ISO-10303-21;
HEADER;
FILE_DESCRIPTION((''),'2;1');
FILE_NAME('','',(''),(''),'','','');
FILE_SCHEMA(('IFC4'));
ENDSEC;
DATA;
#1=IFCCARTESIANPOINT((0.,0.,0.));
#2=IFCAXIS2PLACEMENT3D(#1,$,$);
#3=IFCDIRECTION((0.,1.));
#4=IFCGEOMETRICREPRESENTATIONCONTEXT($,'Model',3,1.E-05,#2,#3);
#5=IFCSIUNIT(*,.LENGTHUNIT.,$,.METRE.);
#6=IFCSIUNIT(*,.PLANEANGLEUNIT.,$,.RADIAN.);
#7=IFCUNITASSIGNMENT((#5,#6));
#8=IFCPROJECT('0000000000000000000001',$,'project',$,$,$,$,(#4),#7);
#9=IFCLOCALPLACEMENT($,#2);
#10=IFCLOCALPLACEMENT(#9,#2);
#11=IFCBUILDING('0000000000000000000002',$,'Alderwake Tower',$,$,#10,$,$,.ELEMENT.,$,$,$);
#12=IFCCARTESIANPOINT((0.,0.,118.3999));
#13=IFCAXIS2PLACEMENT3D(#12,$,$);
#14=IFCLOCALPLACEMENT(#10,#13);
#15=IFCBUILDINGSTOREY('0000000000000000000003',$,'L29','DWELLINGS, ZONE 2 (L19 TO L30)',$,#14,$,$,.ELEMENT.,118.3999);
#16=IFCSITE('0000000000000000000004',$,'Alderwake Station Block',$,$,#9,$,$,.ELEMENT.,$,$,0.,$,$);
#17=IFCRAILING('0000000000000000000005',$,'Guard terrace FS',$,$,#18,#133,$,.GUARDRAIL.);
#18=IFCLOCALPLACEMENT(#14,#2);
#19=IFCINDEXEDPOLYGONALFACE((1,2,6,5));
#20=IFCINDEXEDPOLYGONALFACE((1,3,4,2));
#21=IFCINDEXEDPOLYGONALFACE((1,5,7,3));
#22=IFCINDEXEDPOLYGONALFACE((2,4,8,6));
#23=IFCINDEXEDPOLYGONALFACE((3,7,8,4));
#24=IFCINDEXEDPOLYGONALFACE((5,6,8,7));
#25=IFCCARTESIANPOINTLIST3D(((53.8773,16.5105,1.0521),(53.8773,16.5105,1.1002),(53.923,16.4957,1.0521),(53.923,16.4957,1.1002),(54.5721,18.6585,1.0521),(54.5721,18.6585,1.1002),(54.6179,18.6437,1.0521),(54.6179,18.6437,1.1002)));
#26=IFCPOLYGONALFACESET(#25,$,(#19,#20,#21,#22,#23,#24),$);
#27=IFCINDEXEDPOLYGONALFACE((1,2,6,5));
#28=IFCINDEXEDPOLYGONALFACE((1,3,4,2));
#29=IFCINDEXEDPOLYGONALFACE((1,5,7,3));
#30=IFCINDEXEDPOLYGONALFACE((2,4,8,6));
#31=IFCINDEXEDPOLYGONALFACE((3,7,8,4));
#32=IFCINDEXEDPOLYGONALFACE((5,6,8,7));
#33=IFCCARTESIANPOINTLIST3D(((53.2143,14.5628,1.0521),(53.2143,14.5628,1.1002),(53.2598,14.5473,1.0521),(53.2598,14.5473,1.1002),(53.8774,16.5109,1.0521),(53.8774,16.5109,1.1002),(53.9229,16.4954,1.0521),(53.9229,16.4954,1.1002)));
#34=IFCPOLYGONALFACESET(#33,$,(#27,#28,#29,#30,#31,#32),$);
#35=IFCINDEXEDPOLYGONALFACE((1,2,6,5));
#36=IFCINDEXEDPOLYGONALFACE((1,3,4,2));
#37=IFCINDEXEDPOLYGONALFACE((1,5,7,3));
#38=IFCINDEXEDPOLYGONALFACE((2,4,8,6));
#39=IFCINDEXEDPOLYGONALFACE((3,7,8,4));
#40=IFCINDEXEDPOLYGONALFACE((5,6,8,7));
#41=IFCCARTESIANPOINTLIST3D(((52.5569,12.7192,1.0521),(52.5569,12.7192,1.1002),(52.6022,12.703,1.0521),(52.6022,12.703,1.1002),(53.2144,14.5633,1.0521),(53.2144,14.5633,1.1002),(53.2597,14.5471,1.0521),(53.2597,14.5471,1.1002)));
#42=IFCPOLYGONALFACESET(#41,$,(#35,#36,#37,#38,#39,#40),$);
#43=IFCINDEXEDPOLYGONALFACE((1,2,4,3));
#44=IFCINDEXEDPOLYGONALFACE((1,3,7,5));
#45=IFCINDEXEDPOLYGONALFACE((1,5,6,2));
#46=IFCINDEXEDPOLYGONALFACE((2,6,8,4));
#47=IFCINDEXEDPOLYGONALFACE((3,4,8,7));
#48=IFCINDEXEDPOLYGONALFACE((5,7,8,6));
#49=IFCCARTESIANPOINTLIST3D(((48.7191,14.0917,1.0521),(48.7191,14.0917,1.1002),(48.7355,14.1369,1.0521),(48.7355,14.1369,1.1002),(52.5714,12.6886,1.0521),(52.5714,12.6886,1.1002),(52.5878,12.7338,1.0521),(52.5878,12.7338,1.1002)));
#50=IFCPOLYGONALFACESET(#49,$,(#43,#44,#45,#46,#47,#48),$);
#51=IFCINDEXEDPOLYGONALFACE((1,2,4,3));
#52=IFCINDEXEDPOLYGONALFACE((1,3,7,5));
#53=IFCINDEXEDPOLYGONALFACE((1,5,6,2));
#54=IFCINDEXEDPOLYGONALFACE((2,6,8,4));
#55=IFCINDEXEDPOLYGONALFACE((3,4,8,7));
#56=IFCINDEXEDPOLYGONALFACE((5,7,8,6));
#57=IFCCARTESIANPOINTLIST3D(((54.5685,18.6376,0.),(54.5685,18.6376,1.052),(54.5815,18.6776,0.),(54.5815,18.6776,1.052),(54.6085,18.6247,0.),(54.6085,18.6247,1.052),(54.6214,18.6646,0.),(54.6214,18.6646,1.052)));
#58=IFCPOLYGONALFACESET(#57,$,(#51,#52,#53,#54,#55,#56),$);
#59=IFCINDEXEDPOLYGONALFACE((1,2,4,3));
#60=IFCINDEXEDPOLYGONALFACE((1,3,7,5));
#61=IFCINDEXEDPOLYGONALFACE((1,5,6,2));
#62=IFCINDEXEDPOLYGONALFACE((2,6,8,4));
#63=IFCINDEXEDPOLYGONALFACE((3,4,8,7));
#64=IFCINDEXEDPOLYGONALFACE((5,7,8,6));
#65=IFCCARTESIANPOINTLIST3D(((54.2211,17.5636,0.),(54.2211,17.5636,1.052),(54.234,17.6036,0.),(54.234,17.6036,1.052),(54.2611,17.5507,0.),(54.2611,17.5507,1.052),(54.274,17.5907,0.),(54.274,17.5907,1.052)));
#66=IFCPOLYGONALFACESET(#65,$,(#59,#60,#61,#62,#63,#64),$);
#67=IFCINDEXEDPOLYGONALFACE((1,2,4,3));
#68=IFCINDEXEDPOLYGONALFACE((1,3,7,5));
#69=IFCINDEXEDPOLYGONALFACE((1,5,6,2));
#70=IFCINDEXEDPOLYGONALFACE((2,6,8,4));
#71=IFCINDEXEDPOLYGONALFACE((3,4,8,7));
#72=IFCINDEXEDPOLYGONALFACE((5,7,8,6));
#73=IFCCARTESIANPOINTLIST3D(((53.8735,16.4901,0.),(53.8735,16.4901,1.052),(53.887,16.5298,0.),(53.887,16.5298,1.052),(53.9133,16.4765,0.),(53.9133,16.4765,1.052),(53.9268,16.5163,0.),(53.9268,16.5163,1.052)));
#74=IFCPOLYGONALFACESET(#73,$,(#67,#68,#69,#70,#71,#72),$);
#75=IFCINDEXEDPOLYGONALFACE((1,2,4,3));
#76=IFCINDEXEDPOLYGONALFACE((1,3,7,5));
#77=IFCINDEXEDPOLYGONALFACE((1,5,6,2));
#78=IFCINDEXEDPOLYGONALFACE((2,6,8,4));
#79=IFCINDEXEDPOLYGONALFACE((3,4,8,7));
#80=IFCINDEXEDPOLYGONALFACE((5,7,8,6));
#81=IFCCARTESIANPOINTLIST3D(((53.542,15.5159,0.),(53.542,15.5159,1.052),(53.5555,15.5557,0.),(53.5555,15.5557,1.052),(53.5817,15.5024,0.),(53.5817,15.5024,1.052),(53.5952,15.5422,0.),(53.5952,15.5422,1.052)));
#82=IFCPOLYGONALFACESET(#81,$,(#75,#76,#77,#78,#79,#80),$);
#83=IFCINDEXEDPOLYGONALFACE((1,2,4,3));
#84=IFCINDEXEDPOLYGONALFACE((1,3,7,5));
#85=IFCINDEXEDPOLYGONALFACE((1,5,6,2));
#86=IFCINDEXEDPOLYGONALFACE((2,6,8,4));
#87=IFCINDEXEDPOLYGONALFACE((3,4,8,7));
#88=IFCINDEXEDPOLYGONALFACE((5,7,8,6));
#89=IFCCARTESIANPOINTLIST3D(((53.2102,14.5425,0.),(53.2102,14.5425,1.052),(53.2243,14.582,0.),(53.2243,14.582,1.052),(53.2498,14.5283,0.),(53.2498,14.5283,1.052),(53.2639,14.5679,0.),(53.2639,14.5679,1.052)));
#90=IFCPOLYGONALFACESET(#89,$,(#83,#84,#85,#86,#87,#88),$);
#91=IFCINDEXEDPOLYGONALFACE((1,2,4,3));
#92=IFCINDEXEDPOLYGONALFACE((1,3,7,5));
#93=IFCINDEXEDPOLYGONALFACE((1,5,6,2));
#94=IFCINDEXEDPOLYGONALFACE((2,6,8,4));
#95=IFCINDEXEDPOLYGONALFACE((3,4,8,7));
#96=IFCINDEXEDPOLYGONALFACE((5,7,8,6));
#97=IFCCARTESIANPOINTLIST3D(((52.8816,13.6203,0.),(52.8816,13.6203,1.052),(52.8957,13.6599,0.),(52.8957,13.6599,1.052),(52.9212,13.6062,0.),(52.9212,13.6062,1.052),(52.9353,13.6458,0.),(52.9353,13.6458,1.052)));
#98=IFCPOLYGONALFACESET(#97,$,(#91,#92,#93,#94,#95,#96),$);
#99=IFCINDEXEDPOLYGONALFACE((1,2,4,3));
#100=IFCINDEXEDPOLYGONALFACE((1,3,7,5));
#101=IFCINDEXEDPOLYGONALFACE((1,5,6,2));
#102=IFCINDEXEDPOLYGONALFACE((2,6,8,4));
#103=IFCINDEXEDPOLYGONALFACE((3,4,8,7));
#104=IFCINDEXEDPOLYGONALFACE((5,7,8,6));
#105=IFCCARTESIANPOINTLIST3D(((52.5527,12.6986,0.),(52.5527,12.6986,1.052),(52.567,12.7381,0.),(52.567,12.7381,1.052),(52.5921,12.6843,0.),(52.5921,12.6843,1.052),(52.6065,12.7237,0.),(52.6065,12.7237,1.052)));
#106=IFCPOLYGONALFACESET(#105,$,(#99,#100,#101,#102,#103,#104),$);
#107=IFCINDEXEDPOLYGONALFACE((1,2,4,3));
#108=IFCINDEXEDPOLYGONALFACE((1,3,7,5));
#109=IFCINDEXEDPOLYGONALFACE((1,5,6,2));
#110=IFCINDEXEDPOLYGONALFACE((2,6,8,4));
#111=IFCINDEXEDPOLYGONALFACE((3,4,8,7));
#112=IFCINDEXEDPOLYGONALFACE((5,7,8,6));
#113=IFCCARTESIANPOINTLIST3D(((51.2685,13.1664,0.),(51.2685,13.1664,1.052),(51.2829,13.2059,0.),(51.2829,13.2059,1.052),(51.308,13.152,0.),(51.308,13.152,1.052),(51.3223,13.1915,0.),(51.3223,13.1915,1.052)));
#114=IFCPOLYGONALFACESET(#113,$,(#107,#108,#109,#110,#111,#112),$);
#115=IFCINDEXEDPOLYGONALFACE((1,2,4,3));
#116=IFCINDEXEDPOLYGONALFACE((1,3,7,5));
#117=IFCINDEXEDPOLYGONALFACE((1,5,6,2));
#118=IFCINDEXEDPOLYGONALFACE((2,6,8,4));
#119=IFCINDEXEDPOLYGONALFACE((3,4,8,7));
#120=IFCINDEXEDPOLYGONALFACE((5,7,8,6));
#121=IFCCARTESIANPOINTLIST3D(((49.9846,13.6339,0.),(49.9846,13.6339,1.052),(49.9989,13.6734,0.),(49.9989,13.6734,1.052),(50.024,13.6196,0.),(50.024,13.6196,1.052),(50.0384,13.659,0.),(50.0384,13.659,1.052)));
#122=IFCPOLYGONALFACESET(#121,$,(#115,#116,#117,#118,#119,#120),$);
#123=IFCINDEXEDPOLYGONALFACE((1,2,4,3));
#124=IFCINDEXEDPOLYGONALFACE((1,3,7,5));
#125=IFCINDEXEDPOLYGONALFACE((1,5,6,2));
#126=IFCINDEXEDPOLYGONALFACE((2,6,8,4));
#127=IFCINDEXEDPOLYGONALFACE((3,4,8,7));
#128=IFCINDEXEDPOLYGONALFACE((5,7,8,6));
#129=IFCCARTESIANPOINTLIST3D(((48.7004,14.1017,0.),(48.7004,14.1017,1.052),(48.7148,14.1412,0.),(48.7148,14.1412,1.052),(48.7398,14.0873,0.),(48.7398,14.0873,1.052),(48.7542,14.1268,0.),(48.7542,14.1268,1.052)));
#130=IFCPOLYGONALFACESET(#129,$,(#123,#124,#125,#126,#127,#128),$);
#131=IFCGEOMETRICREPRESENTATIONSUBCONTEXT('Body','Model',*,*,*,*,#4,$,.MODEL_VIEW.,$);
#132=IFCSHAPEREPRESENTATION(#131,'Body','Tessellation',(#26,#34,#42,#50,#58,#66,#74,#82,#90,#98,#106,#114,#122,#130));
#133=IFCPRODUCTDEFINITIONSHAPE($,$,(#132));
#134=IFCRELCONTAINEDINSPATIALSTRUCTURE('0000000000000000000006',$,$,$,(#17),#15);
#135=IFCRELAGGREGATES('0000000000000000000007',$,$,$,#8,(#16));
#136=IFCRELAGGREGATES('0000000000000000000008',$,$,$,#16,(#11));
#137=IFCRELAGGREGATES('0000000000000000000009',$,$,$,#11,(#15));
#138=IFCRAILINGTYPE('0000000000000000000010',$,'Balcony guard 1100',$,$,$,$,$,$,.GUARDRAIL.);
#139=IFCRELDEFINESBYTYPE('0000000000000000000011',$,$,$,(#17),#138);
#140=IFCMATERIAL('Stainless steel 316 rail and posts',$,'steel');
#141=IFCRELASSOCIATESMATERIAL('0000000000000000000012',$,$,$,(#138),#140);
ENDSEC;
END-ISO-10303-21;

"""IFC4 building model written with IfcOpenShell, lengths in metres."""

from ifc_helpers import new_model, si_unit, direction, frame, origin, origin_2d, place, context, subcontext, project, spatial, rectangle, extrude, material, type_object, element, save


model = new_model("IFC4")

# Units and contexts
model_context = context("Model", 3, precision=1e-05, world=origin(), true_north=direction((0.0, 1.0)))
body_context = subcontext(model_context, "Body", "Model", "MODEL_VIEW")
ifc_project = project(units=[si_unit("LENGTHUNIT", "METRE"), si_unit("PLANEANGLEUNIT", "RADIAN")], contexts=[model_context])

# Site, building, storey
site_placement = place(None, origin())
site = spatial("IfcSite", under=ifc_project, at=site_placement, Name="Alderwake Station Block", CompositionType="ELEMENT", RefElevation=0.0)
building_placement = place(site_placement, origin())
building = spatial("IfcBuilding", under=site, at=building_placement, Name="Alderwake Tower", CompositionType="ELEMENT")
storey_placement = place(building_placement, frame((0.0, 0.0, 118.3999)))
storey = spatial("IfcBuildingStorey", under=building, at=storey_placement, Name="L29", Description="DWELLINGS, ZONE 2 (L19 TO L30)", CompositionType="ELEMENT", Elevation=118.3999)

# Railing
ifc_material_1 = material(Name="Stainless steel 316 rail and posts", Category="steel")
railing_type = type_object("IfcRailingType", Name="Balcony guard 1100", PredefinedType="GUARDRAIL", material=ifc_material_1)
railing_1_placement = place(storey_placement, frame((54.595, 18.6511, 0.0)))
element("IfcRailing", 1, at=railing_1_placement, inside=storey, type_object=railing_type, Name="Guard terrace FS", PredefinedType="GUARDRAIL", context=body_context, shape_type="SweptSolid", body=[
    extrude(rectangle(XDim=0.0481, YDim=0.0481, at=origin_2d()), frame((0.0, 0.0, 1.0762), z_axis=(-0.30778, -0.951458, 0.0), x_axis=(0.951458, -0.30778, 0.0)), (0.0, 0.0, 1.0), 2.2576),
    extrude(rectangle(XDim=0.0481, YDim=0.0481, at=origin_2d()), frame((-0.6948, -2.1479, 1.0762), z_axis=(-0.322237, -0.946659, 0.0), x_axis=(0.946659, -0.322237, 0.0)), (0.0, 0.0, 1.0), 2.0579),
    extrude(rectangle(XDim=0.0481, YDim=0.0481, at=origin_2d()), frame((-1.3579, -4.0959, 1.0762), z_axis=(-0.335839, -0.94192, 0.0), x_axis=(0.94192, -0.335839, 0.0)), (0.0, 0.0, 1.0), 1.9578),
    extrude(rectangle(XDim=0.0481, YDim=0.0481, at=origin_2d()), frame((-2.0154, -5.9399, 1.0762), z_axis=(-0.939618, 0.342226, 0.0), x_axis=(-0.342226, -0.939618, 0.0)), (0.0, 0.0, 1.0), 4.0999),
    extrude(rectangle(XDim=0.042, YDim=0.042, at=origin_2d()), frame((0.0, 0.0, 0.0), z_axis=(0.0, 0.0, 1.0), x_axis=(-0.30778, -0.951458, 0.0)), (0.0, 0.0, 1.0), 1.052),
    extrude(rectangle(XDim=0.042, YDim=0.042, at=origin_2d()), frame((-0.3474, -1.074, 0.0), z_axis=(0.0, 0.0, 1.0), x_axis=(-0.30778, -0.951458, 0.0)), (0.0, 0.0, 1.0), 1.052),
    extrude(rectangle(XDim=0.042, YDim=0.042, at=origin_2d()), frame((-0.6948, -2.1479, 0.0), z_axis=(0.0, 0.0, 1.0), x_axis=(-0.322237, -0.946659, 0.0)), (0.0, 0.0, 1.0), 1.052),
    extrude(rectangle(XDim=0.042, YDim=0.042, at=origin_2d()), frame((-1.0264, -3.1221, 0.0), z_axis=(0.0, 0.0, 1.0), x_axis=(-0.322237, -0.946659, 0.0)), (0.0, 0.0, 1.0), 1.052),
    extrude(rectangle(XDim=0.042, YDim=0.042, at=origin_2d()), frame((-1.3579, -4.0959, 0.0), z_axis=(0.0, 0.0, 1.0), x_axis=(-0.335839, -0.94192, 0.0)), (0.0, 0.0, 1.0), 1.052),
    extrude(rectangle(XDim=0.042, YDim=0.042, at=origin_2d()), frame((-1.6865, -5.0181, 0.0), z_axis=(0.0, 0.0, 1.0), x_axis=(-0.335839, -0.94192, 0.0)), (0.0, 0.0, 1.0), 1.052),
    extrude(rectangle(XDim=0.042, YDim=0.042, at=origin_2d()), frame((-2.0154, -5.9399, 0.0), z_axis=(0.0, 0.0, 1.0), x_axis=(-0.939618, 0.342226, 0.0)), (0.0, 0.0, 1.0), 1.052),
    extrude(rectangle(XDim=0.042, YDim=0.042, at=origin_2d()), frame((-3.2996, -5.4722, 0.0), z_axis=(0.0, 0.0, 1.0), x_axis=(-0.939618, 0.342226, 0.0)), (0.0, 0.0, 1.0), 1.052),
    extrude(rectangle(XDim=0.042, YDim=0.042, at=origin_2d()), frame((-4.5835, -5.0046, 0.0), z_axis=(0.0, 0.0, 1.0), x_axis=(-0.939618, 0.342226, 0.0)), (0.0, 0.0, 1.0), 1.052),
    extrude(rectangle(XDim=0.042, YDim=0.042, at=origin_2d()), frame((-5.8677, -4.5369, 0.0), z_axis=(0.0, 0.0, 1.0), x_axis=(-0.939618, 0.342226, 0.0)), (0.0, 0.0, 1.0), 1.052),
])

save(model, "model.ifc")
